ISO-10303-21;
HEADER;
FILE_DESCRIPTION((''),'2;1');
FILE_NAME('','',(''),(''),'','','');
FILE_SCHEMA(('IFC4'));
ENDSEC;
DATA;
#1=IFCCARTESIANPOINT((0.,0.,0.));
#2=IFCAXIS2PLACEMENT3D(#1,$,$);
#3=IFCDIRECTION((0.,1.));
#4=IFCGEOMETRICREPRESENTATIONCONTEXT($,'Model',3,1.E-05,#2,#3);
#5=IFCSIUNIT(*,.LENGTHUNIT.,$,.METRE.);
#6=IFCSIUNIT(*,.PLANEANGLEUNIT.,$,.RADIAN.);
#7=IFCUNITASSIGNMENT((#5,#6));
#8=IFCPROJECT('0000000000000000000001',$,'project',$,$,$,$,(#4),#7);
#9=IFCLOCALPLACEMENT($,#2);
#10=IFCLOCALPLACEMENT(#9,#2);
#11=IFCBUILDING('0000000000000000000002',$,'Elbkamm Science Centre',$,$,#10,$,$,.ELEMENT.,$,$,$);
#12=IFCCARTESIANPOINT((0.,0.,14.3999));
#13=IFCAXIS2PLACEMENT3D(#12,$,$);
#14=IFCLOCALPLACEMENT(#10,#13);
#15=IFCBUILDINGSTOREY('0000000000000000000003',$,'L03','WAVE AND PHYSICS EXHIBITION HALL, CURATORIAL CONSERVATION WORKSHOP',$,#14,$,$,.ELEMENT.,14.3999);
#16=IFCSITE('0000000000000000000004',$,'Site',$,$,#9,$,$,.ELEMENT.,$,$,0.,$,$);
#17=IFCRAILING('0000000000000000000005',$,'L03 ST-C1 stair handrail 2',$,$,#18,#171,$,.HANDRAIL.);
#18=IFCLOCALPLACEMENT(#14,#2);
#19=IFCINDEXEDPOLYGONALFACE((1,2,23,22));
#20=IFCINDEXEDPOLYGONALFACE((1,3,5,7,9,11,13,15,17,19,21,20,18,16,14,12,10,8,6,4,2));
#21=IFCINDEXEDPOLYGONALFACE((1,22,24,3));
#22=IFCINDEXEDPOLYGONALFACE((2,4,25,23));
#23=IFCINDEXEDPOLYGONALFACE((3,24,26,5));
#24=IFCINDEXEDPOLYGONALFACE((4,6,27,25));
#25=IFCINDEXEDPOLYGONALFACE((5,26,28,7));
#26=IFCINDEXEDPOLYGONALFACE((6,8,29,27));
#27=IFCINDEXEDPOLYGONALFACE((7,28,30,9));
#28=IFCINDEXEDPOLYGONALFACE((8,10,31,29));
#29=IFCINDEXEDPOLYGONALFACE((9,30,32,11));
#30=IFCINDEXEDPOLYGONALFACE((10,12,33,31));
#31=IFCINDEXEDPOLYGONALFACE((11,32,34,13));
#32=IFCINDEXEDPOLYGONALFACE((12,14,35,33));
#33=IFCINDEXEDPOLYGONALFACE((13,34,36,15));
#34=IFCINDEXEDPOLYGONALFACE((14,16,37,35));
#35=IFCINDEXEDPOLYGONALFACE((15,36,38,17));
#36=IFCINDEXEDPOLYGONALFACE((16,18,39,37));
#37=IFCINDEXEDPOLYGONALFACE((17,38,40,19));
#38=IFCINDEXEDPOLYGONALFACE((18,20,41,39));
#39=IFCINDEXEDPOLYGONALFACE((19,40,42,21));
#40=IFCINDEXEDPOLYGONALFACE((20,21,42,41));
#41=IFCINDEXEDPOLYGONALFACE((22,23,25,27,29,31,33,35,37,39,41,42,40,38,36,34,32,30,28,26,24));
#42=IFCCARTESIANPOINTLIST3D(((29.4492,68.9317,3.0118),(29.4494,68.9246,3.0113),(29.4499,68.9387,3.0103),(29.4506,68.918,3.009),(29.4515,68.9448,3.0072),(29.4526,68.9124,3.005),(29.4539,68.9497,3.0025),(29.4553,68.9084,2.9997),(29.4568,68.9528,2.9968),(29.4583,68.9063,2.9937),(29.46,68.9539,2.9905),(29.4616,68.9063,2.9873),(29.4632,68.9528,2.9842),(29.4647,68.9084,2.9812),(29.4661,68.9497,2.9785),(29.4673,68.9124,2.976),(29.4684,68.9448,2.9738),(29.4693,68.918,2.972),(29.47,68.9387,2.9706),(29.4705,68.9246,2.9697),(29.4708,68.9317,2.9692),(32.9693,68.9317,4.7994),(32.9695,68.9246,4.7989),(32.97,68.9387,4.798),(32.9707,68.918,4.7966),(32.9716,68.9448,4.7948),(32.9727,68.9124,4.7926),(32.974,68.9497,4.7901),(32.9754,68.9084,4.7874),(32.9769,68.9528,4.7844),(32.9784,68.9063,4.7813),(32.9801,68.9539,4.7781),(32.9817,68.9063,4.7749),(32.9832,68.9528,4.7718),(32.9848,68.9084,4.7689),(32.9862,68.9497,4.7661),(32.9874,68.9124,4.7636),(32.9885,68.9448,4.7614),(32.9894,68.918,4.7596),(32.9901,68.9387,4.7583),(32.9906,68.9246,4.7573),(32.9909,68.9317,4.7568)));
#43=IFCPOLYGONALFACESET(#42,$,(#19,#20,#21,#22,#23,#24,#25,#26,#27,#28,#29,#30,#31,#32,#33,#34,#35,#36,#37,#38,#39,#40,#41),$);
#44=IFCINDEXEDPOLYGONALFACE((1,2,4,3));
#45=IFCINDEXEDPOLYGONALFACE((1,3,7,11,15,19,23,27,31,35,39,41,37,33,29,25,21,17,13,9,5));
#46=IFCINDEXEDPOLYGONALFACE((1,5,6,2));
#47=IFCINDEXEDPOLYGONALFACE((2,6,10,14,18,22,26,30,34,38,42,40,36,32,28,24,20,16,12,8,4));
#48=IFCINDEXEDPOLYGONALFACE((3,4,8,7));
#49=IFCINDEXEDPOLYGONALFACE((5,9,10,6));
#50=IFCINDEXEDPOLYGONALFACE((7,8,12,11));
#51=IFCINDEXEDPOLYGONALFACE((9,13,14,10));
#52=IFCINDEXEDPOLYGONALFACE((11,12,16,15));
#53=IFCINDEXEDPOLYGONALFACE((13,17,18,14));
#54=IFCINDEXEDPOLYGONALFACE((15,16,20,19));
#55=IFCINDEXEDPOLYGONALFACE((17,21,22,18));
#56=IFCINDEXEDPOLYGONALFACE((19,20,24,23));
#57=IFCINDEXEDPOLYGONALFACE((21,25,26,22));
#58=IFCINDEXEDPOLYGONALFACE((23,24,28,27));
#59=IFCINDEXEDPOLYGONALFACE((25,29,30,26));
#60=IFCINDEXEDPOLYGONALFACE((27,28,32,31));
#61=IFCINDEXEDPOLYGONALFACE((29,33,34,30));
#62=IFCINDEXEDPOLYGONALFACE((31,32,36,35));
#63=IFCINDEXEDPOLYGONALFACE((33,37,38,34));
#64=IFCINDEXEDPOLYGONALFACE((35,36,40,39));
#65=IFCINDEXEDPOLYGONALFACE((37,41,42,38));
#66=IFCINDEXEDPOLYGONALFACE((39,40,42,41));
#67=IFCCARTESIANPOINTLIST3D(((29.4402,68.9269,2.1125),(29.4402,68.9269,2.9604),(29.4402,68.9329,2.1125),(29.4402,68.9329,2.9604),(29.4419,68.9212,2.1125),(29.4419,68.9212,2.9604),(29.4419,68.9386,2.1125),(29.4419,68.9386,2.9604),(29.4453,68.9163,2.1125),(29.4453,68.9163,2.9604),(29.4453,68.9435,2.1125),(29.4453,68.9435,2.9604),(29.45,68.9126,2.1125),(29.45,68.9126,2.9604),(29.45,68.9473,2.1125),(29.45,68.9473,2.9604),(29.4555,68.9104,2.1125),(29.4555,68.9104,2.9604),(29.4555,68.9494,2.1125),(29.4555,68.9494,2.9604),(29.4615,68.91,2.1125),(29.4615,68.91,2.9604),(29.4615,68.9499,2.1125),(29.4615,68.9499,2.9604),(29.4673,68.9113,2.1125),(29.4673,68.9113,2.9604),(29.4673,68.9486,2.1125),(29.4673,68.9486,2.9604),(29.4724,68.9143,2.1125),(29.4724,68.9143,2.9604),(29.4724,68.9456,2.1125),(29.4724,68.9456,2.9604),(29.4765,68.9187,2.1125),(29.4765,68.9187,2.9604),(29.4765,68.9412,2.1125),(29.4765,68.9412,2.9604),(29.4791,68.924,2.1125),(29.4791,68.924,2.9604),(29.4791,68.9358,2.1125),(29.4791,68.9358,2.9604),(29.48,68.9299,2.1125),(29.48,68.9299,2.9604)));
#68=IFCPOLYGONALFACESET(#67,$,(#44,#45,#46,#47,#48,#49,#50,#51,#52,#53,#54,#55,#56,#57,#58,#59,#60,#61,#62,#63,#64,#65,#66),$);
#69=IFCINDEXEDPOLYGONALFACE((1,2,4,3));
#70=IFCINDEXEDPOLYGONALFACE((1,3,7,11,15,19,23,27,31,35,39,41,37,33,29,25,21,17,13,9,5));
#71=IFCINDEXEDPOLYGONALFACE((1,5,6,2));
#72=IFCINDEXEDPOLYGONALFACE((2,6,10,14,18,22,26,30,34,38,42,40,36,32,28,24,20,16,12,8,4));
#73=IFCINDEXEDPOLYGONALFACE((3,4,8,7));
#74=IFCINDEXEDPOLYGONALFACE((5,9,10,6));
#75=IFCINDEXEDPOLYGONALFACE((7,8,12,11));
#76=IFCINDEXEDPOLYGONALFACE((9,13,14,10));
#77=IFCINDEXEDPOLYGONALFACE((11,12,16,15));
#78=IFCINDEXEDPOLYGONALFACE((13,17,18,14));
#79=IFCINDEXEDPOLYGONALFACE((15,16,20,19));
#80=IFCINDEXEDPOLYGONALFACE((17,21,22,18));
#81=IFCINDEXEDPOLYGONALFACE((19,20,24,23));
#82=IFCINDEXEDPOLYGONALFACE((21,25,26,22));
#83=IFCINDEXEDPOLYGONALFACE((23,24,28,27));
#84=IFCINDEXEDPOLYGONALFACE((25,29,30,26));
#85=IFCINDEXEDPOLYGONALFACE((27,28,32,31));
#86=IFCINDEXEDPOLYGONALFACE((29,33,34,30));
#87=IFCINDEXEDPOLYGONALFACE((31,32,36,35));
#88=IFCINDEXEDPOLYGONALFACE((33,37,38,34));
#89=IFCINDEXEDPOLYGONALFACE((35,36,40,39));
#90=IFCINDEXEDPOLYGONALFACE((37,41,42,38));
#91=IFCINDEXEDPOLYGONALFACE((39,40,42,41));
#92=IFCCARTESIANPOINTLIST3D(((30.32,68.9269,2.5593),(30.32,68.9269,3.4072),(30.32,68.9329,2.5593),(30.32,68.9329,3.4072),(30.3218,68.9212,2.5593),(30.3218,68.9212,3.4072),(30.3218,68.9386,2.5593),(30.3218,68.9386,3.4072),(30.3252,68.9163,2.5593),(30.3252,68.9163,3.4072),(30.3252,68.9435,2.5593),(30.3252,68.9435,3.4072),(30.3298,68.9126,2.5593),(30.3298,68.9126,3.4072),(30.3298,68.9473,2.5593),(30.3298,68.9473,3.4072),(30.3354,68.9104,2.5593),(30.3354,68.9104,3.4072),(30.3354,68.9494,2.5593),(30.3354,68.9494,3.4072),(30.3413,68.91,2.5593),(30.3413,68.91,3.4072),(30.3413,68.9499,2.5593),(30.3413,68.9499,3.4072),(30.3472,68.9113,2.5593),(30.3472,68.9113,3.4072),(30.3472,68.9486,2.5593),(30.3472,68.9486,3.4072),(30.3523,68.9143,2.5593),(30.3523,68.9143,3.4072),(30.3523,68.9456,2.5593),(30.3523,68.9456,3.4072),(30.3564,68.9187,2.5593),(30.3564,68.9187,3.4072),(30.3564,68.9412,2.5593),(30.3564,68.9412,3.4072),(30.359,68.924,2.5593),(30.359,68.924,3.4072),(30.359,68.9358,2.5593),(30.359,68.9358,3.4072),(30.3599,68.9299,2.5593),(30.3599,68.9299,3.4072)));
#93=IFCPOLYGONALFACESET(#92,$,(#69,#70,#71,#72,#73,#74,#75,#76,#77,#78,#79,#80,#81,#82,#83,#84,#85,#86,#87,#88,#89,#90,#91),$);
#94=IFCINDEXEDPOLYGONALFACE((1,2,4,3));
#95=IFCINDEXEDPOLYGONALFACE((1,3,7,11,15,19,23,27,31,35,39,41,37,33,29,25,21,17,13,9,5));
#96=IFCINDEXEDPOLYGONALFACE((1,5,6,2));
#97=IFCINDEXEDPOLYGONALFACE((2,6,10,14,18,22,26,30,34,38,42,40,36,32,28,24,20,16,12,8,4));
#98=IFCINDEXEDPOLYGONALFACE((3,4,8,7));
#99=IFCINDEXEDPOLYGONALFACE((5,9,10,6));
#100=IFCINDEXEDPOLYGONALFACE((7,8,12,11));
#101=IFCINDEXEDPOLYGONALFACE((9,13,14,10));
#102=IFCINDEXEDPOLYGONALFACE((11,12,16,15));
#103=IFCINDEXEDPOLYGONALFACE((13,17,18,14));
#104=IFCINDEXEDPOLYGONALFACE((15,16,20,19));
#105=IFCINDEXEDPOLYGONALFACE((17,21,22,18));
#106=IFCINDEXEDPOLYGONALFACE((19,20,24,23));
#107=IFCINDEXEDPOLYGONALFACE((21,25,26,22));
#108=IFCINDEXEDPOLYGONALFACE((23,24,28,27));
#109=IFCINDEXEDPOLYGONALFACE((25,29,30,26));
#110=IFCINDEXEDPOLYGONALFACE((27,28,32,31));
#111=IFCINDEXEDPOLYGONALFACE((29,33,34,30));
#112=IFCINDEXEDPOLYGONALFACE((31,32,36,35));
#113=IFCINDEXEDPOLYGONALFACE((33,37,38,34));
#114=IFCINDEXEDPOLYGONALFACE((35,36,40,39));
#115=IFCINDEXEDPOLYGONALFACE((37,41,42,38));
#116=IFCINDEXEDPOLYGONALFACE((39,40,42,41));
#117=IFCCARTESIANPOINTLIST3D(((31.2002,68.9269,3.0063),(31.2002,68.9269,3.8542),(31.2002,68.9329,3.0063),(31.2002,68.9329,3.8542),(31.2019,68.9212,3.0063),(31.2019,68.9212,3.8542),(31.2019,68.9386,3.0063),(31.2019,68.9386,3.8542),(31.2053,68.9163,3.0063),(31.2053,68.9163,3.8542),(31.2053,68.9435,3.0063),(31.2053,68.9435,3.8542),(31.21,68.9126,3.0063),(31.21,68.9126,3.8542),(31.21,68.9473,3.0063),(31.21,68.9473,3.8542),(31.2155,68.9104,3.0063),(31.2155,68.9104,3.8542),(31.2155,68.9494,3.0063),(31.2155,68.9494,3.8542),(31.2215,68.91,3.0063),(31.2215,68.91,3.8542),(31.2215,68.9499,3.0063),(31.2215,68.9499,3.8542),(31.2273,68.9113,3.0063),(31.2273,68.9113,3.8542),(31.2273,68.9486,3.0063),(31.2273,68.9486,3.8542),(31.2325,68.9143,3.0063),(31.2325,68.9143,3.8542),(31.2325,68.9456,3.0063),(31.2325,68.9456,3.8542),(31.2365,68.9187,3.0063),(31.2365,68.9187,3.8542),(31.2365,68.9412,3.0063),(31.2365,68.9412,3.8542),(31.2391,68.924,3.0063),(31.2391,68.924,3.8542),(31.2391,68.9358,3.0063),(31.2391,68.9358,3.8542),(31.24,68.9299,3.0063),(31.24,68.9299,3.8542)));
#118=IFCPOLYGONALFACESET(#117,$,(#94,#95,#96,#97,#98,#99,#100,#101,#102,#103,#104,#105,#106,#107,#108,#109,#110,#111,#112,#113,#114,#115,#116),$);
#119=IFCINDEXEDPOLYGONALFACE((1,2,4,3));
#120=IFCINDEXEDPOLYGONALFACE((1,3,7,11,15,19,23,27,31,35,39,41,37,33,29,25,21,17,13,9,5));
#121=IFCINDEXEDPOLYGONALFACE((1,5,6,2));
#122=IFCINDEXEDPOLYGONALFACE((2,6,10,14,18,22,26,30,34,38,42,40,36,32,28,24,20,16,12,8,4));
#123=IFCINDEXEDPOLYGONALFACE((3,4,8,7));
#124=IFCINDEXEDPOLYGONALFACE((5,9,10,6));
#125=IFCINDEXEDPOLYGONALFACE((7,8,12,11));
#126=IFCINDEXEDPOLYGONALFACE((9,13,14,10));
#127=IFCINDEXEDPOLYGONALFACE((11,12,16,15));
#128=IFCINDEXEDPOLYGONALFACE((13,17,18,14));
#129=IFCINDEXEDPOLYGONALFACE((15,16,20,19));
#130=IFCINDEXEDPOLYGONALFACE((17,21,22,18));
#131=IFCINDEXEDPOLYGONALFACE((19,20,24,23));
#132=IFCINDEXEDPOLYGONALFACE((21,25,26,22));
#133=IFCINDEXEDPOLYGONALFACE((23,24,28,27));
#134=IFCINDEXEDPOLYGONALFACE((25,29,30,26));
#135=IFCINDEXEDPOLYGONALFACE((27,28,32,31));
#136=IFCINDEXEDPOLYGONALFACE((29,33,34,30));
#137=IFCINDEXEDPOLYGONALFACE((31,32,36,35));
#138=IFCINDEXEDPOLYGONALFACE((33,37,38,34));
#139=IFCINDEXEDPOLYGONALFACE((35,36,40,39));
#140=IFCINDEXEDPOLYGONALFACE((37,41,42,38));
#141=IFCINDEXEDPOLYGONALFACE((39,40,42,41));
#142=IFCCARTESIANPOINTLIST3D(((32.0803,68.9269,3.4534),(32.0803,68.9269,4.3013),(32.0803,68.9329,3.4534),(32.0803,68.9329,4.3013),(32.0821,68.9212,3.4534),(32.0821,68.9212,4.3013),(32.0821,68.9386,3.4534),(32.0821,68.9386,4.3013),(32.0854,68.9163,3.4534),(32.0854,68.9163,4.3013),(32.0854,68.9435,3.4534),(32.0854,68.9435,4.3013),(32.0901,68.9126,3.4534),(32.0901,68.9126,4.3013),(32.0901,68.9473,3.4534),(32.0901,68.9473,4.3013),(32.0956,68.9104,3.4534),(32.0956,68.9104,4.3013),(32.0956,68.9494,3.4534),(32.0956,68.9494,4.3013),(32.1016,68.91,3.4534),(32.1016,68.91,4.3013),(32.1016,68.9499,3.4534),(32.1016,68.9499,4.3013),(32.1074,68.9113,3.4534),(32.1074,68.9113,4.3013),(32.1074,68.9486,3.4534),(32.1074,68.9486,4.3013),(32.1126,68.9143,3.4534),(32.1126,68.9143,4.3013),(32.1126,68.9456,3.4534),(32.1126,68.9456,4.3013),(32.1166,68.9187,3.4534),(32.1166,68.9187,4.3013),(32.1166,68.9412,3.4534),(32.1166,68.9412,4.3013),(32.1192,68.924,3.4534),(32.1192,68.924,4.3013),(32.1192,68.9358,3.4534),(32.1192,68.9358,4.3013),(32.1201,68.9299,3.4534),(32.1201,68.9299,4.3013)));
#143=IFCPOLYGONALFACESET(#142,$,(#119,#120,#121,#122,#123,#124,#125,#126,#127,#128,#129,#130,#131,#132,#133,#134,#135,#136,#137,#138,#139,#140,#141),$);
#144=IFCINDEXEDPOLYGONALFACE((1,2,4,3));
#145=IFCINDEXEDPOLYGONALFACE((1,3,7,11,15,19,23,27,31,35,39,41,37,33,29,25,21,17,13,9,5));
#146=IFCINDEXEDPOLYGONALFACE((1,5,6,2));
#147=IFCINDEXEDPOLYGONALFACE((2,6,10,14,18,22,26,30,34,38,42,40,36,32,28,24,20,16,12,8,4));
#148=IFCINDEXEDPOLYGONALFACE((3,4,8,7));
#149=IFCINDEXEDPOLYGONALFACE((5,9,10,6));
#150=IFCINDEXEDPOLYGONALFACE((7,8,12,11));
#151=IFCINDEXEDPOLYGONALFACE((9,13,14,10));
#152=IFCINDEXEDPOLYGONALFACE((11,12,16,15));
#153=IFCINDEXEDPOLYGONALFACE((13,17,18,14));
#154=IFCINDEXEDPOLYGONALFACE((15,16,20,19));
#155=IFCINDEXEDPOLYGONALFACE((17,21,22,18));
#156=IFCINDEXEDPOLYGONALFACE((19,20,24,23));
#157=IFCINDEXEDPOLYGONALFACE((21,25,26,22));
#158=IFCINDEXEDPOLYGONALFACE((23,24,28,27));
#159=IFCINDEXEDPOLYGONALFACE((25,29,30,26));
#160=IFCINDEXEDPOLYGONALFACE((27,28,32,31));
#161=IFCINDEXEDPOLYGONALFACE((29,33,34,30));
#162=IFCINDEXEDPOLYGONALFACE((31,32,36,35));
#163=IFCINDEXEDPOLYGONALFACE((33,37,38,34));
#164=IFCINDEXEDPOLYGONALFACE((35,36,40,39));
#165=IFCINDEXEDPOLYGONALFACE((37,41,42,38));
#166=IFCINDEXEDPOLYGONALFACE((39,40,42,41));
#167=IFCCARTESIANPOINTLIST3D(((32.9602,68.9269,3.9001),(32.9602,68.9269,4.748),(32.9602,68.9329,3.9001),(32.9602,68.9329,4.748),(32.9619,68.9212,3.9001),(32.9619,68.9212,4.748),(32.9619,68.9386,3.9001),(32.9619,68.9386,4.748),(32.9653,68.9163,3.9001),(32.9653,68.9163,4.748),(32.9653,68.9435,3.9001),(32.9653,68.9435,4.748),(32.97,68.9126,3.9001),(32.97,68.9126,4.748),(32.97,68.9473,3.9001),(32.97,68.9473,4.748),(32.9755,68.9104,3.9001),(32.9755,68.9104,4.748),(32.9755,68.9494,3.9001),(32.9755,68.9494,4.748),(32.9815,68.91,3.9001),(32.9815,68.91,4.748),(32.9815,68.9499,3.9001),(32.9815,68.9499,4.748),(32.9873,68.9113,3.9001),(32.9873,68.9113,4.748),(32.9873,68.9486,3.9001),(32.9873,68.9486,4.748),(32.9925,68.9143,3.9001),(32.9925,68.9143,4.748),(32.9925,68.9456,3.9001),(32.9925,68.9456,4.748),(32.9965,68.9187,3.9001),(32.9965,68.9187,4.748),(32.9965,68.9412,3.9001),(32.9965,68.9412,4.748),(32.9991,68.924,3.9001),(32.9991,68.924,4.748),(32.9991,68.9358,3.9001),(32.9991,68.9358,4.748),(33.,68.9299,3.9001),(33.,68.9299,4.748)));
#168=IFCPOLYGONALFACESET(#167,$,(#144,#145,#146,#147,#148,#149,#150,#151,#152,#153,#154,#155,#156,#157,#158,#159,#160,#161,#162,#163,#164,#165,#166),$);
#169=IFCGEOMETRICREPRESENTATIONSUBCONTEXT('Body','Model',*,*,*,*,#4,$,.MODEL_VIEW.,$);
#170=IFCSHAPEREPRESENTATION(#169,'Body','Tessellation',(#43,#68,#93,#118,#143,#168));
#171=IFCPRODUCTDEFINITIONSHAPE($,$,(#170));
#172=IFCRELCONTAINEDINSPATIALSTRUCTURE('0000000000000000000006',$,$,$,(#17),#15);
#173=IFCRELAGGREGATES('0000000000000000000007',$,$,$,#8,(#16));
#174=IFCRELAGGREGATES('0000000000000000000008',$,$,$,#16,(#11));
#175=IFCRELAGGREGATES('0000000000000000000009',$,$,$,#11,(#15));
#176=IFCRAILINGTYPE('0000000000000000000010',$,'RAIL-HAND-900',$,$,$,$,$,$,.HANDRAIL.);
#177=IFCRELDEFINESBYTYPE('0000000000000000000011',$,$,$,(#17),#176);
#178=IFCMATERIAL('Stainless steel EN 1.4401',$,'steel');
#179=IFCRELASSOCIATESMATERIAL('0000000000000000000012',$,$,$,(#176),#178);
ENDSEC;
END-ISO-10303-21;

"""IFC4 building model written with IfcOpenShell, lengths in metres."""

from ifc_helpers import new_model, si_unit, direction, frame, origin, origin_2d, place, context, subcontext, project, spatial, circle, extrude, material, type_object, element, save


model = new_model("IFC4")

# Units and contexts
model_context = context("Model", 3, precision=1e-05, world=origin(), true_north=direction((0.0, 1.0)))
body_context = subcontext(model_context, "Body", "Model", "MODEL_VIEW")
ifc_project = project(units=[si_unit("LENGTHUNIT", "METRE"), si_unit("PLANEANGLEUNIT", "RADIAN")], contexts=[model_context])

# Site, building, storey
site_placement = place(None, origin())
site = spatial("IfcSite", under=ifc_project, at=site_placement, Name="Site", CompositionType="ELEMENT", RefElevation=0.0)
building_placement = place(site_placement, origin())
building = spatial("IfcBuilding", under=site, at=building_placement, Name="Elbkamm Science Centre", CompositionType="ELEMENT")
storey_placement = place(building_placement, frame((0.0, 0.0, 14.3999)))
storey = spatial("IfcBuildingStorey", under=building, at=storey_placement, Name="L03", Description="WAVE AND PHYSICS EXHIBITION HALL, CURATORIAL CONSERVATION WORKSHOP", CompositionType="ELEMENT", Elevation=14.3999)

# Railing
ifc_material_1 = material(Name="Stainless steel EN 1.4401", Category="steel")
railing_type_1 = type_object("IfcRailingType", Name="RAIL-HAND-900", PredefinedType="HANDRAIL", material=ifc_material_1)
railing_1_placement = place(storey_placement, frame((29.46, 68.9299, 2.1125)))
element("IfcRailing", 1, at=railing_1_placement, inside=storey, type_object=railing_type_1, Name="L03 ST-C1 stair handrail 2", PredefinedType="HANDRAIL", context=body_context, shape_type="SweptSolid", body=[
    extrude(circle(Radius=0.0239, at=origin_2d()), frame((0.0, 0.0, 0.8779), z_axis=(0.891615, 0.0, 0.452795), x_axis=(0.0, 1.0, 0.0)), (0.0, 0.0, 1.0), 3.948),
    extrude(circle(Radius=0.02, at=origin_2d()), origin(), (0.0, 0.0, 1.0), 0.8479),
    extrude(circle(Radius=0.02, at=origin_2d()), frame((0.8799, 0.0, 0.4468)), (0.0, 0.0, 1.0), 0.8479),
    extrude(circle(Radius=0.02, at=origin_2d()), frame((1.76, 0.0, 0.8938)), (0.0, 0.0, 1.0), 0.8479),
    extrude(circle(Radius=0.02, at=origin_2d()), frame((2.6401, 0.0, 1.3408)), (0.0, 0.0, 1.0), 0.8479),
    extrude(circle(Radius=0.02, at=origin_2d()), frame((3.52, 0.0, 1.7876)), (0.0, 0.0, 1.0), 0.8479),
])

save(model, "model.ifc")
